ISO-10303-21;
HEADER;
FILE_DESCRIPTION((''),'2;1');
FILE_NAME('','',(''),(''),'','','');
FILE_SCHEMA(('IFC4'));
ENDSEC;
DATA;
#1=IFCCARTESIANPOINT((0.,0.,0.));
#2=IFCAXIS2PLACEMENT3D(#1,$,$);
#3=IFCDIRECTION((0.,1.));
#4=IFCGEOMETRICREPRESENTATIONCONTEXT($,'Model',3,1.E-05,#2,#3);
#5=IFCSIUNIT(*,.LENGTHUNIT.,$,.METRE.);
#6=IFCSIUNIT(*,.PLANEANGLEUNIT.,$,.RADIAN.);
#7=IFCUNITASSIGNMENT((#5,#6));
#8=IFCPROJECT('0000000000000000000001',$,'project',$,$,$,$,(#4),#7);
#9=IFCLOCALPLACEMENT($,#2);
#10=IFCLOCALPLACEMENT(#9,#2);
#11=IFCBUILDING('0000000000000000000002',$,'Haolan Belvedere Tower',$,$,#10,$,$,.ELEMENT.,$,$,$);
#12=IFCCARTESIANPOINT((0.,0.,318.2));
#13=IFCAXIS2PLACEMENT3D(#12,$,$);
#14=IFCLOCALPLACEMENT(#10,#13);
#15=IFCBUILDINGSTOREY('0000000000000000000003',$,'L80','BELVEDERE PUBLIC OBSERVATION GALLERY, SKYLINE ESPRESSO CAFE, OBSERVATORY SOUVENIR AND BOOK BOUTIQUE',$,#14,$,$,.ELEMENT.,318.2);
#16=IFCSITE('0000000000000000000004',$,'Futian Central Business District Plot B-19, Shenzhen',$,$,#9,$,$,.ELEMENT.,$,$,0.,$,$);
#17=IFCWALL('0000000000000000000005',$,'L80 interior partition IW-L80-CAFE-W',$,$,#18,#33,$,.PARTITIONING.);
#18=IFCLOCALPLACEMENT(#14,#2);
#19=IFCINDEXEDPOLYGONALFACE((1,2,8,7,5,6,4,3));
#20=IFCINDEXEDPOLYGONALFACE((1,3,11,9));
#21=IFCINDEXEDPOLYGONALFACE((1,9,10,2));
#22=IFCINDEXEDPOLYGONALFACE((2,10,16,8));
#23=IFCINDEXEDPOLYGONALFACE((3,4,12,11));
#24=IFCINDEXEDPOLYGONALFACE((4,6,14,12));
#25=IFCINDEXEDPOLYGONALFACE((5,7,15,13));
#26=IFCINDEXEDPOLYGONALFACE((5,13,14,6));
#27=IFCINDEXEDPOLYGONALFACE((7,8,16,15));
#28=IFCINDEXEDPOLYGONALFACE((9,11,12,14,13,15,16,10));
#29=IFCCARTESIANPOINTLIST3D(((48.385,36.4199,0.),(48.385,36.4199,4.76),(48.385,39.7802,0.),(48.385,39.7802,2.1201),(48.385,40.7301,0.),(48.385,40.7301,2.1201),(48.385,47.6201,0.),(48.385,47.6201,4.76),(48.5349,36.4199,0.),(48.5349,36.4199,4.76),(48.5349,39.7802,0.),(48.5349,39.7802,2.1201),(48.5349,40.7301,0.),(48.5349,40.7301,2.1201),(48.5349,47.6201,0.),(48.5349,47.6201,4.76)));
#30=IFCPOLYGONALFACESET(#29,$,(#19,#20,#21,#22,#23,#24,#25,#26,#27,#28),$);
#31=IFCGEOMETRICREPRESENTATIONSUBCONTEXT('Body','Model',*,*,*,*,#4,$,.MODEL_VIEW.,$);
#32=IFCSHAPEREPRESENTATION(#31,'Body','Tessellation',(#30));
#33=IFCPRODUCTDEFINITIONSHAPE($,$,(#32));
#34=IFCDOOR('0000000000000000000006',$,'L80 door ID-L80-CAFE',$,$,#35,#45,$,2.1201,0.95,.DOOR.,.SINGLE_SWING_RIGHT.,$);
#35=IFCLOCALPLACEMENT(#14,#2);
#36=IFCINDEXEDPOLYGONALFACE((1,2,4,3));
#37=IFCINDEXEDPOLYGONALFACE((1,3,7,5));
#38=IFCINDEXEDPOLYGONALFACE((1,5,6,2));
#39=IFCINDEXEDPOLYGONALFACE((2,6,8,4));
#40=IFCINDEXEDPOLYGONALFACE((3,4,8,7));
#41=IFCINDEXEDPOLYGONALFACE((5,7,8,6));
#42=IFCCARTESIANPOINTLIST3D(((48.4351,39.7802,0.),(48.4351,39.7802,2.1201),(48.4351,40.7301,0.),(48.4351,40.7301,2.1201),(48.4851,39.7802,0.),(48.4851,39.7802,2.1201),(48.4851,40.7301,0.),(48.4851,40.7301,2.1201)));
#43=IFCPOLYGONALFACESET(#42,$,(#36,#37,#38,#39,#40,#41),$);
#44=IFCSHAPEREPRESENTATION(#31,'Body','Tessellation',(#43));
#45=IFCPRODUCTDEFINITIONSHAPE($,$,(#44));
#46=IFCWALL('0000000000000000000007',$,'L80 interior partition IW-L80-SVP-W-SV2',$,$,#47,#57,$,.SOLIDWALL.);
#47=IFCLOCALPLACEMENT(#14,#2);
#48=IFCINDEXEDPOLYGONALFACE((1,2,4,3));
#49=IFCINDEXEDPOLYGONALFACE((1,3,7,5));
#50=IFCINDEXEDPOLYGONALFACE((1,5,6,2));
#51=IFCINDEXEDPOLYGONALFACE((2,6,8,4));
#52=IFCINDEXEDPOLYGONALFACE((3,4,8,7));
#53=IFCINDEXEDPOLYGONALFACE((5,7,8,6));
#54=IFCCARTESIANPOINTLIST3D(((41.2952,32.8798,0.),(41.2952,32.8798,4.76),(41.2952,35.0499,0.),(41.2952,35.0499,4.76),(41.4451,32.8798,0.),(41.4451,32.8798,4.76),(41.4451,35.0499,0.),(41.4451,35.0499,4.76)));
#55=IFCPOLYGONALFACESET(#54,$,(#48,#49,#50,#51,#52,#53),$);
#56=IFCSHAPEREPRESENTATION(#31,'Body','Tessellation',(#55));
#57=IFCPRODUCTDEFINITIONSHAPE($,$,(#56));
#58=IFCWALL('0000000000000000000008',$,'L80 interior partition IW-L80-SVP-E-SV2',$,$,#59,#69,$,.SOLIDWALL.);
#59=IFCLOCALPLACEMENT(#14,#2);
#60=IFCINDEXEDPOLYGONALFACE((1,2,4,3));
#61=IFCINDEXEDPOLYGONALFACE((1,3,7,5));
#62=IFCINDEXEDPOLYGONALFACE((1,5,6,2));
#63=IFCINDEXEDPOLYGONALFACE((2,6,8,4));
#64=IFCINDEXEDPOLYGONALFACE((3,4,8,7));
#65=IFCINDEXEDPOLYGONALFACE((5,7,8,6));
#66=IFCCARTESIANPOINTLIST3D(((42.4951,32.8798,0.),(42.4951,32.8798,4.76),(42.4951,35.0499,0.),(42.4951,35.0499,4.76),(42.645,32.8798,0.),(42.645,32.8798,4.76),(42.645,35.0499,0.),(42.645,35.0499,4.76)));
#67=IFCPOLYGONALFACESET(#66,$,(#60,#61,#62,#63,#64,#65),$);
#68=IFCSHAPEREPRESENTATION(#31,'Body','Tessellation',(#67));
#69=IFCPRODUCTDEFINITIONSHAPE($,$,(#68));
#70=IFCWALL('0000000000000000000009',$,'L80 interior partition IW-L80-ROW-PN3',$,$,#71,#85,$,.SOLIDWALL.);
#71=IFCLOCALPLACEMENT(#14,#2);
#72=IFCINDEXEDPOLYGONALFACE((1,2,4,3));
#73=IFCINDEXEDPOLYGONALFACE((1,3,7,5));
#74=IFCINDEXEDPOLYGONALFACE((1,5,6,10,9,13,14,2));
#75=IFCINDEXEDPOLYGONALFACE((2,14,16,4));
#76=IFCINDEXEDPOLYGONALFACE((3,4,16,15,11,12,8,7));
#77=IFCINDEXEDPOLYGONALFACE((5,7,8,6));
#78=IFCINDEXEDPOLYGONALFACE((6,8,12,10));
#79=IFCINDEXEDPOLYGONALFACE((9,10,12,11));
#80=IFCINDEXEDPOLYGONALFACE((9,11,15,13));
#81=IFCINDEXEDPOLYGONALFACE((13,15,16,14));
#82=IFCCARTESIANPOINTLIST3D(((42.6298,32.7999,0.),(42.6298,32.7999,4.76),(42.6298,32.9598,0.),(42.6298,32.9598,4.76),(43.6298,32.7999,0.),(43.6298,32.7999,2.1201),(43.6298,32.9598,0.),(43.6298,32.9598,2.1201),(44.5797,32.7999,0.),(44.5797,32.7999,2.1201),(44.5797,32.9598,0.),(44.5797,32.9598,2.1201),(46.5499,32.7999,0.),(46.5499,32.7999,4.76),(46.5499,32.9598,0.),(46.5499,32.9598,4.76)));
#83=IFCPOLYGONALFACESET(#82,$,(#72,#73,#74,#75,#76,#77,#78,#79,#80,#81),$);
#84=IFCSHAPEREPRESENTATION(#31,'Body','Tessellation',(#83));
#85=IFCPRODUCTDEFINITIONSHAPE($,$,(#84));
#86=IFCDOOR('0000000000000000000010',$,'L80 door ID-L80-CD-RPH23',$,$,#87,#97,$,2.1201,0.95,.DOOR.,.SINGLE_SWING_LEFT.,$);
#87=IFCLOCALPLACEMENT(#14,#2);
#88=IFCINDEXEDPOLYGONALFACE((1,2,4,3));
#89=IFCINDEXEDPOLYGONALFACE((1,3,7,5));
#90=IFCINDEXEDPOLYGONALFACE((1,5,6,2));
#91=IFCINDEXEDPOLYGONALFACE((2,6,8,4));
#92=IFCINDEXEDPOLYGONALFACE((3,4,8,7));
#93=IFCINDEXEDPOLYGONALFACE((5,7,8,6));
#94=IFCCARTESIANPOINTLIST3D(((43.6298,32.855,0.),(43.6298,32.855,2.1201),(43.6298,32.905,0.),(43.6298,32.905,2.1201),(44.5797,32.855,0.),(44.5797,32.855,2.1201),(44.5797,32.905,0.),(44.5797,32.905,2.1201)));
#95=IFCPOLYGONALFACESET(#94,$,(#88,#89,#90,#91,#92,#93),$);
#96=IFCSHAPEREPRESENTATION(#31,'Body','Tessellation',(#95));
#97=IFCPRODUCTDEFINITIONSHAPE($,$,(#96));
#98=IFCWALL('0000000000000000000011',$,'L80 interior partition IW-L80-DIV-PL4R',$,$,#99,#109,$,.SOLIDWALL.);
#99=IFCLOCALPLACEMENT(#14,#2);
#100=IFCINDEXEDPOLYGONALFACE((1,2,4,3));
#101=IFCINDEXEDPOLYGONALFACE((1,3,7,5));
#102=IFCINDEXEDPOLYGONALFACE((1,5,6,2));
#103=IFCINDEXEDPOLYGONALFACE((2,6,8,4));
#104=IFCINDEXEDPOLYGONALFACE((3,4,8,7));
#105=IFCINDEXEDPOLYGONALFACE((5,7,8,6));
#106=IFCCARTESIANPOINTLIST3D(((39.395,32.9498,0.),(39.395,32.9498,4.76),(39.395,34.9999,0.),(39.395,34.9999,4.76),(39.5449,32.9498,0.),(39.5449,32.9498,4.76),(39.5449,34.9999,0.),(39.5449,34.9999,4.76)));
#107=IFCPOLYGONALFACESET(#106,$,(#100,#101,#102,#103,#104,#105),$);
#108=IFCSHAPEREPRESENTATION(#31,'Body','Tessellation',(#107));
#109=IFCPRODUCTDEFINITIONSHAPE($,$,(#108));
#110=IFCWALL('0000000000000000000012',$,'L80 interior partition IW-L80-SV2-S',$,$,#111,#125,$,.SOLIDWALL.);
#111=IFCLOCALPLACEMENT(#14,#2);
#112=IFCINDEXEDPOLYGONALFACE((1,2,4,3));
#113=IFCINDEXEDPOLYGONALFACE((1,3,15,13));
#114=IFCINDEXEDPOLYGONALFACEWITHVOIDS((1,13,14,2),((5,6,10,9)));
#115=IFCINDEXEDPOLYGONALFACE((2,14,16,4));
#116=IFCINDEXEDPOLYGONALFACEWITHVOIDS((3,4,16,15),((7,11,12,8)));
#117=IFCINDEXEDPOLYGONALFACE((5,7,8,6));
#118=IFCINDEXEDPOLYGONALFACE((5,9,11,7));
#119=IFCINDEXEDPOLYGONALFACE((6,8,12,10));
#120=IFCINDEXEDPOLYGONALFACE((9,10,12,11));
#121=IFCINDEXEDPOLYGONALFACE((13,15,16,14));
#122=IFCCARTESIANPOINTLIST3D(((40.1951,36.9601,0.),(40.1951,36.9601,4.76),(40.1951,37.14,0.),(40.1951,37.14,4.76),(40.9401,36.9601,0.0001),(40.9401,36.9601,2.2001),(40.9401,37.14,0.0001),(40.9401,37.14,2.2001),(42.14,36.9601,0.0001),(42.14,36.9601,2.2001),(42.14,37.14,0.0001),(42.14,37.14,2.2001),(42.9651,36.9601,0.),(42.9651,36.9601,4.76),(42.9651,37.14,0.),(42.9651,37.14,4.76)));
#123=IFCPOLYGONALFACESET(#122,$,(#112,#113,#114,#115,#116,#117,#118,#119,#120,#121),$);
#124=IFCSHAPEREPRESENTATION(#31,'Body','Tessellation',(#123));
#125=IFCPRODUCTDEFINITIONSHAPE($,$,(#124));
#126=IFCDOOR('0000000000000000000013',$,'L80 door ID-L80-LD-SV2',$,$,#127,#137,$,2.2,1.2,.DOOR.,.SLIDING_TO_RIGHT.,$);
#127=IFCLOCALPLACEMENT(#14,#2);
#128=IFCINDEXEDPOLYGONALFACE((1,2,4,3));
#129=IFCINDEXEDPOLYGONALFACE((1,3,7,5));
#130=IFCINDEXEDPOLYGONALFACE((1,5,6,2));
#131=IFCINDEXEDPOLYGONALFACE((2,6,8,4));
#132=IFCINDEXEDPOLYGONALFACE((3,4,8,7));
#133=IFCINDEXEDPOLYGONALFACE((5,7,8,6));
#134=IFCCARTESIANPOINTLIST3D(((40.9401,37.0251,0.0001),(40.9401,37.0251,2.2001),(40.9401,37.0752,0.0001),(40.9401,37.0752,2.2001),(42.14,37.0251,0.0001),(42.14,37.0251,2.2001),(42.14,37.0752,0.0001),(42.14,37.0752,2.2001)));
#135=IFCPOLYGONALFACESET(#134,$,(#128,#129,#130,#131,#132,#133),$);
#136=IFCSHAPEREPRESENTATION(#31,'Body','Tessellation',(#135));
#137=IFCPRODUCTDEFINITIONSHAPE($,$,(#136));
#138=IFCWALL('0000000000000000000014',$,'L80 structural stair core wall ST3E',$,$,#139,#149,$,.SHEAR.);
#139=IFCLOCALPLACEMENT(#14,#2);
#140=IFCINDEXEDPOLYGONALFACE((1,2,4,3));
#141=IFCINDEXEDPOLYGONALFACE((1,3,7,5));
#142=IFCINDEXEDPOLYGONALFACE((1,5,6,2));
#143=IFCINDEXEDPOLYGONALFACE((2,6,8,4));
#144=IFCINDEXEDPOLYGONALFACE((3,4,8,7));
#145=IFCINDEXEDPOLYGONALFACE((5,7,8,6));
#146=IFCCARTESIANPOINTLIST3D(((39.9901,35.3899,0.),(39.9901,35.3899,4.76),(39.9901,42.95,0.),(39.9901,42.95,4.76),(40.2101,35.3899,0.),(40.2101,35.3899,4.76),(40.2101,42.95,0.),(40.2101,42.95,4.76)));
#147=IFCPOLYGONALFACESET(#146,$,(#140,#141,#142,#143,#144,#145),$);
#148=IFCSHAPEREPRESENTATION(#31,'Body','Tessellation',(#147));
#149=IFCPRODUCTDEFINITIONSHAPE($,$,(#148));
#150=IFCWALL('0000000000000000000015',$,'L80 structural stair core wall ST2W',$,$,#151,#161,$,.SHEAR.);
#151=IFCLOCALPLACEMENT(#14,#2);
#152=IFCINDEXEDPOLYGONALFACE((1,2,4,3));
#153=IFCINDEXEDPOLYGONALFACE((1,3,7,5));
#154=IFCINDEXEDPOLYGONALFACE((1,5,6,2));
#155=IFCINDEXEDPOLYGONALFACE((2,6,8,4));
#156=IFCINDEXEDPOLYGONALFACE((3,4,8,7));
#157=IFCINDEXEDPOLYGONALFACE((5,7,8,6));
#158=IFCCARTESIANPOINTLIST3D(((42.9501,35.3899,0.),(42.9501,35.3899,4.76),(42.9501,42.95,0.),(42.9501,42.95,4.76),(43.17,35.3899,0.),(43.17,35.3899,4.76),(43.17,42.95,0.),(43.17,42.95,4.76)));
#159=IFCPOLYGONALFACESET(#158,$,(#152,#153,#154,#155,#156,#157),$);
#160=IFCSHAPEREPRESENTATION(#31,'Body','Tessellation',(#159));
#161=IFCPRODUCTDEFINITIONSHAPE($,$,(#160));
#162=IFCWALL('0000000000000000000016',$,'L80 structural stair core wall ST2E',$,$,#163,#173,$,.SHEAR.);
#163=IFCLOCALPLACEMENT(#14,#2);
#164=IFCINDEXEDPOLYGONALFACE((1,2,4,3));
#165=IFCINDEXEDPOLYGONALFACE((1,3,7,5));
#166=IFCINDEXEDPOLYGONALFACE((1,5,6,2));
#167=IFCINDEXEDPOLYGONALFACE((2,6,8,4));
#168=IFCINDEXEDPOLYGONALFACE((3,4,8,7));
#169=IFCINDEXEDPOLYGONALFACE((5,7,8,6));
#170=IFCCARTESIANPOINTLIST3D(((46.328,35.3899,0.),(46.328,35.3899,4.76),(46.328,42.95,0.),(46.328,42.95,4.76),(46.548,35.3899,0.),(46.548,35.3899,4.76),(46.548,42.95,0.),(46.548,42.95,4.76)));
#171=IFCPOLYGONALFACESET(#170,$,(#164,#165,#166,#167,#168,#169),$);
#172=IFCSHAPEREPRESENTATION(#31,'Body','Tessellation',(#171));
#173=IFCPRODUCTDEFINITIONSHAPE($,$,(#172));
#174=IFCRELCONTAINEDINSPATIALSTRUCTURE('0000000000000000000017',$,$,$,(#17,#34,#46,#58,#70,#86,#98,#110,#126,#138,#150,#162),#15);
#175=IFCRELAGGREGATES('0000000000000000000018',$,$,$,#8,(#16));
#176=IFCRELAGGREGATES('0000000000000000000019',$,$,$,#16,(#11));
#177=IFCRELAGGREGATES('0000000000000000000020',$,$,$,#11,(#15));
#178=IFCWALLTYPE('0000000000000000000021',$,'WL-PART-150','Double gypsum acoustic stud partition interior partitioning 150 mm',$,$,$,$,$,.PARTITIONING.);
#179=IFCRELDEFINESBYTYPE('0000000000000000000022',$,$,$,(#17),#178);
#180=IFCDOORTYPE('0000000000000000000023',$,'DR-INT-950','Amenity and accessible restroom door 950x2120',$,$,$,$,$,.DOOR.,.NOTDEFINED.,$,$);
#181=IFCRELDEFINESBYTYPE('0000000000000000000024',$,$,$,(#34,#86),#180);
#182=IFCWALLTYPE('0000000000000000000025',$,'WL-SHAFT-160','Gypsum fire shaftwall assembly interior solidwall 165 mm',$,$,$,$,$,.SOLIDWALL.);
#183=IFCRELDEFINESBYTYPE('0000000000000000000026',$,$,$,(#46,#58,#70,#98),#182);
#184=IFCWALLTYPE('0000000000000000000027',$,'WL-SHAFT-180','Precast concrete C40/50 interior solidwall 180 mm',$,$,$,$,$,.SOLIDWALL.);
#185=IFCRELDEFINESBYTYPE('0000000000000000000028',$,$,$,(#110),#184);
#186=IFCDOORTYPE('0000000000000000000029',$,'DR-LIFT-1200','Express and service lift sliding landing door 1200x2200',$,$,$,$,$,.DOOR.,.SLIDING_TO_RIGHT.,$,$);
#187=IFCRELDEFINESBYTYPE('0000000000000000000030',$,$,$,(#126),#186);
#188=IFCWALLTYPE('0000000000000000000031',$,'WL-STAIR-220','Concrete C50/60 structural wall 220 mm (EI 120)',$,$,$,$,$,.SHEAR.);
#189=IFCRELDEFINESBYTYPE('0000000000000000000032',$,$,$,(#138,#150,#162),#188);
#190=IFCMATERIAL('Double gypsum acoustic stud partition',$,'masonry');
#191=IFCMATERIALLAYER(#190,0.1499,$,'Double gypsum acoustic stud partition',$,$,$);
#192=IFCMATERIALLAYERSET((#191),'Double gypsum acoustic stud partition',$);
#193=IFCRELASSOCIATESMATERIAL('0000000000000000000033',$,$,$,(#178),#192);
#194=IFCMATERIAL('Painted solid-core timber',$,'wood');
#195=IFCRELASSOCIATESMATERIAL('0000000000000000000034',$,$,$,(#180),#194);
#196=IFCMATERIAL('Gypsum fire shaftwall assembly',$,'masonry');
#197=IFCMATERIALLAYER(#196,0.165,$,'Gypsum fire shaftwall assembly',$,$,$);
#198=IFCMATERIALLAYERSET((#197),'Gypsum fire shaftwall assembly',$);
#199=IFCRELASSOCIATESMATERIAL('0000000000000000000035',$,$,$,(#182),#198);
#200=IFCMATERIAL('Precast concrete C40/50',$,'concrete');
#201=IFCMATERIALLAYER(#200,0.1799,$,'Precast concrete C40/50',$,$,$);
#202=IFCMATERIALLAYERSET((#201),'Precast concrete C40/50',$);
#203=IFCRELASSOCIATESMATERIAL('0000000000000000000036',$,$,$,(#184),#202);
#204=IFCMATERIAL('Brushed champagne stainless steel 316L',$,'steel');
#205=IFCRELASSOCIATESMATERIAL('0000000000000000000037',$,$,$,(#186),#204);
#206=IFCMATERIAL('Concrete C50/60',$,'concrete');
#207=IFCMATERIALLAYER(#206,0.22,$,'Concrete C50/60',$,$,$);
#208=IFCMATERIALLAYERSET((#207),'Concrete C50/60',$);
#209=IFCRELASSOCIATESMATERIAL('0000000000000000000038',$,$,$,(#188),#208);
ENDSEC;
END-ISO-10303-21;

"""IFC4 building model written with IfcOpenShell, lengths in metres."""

from ifc_helpers import new_model, si_unit, direction, frame, frame_2d, origin, place, context, subcontext, project, spatial, rectangle, extrude, material, layer, layer_set, type_object, element, fill, save


model = new_model("IFC4")

# Units and contexts
model_context = context("Model", 3, precision=1e-05, world=origin(), true_north=direction((0.0, 1.0)))
body_context = subcontext(model_context, "Body", "Model", "MODEL_VIEW")
ifc_project = project(units=[si_unit("LENGTHUNIT", "METRE"), si_unit("PLANEANGLEUNIT", "RADIAN")], contexts=[model_context])

# Site, building, storey
site_placement = place(None, origin())
site = spatial("IfcSite", under=ifc_project, at=site_placement, Name="Futian Central Business District Plot B-19, Shenzhen", CompositionType="ELEMENT", RefElevation=0.0)
building_placement = place(site_placement, origin())
building = spatial("IfcBuilding", under=site, at=building_placement, Name="Haolan Belvedere Tower", CompositionType="ELEMENT")
storey_placement = place(building_placement, frame((0.0, 0.0, 318.2)))
storey = spatial("IfcBuildingStorey", under=building, at=storey_placement, Name="L80", Description="BELVEDERE PUBLIC OBSERVATION GALLERY, SKYLINE ESPRESSO CAFE, OBSERVATORY SOUVENIR AND BOOK BOUTIQUE", CompositionType="ELEMENT", Elevation=318.2)

# Shared definitions
ifc_material_1 = material(Name="Concrete C50/60", Category="concrete")

# Shared definitions
ifc_material_2 = material(Name="Precast concrete C40/50", Category="concrete")

# Shared definitions
ifc_material_3 = material(Name="Double gypsum acoustic stud partition", Category="masonry")
ifc_layer_1 = layer(ifc_material_3, 0.1499, Name="Double gypsum acoustic stud partition")
ifc_layer_set_1 = layer_set([ifc_layer_1], Name="Double gypsum acoustic stud partition")
wall_type_1 = type_object("IfcWallType", Name="WL-PART-150", Description="Double gypsum acoustic stud partition interior partitioning 150 mm", PredefinedType="PARTITIONING", material=ifc_layer_set_1)

# Wall, opening, door
wall_1_placement = place(storey_placement, frame((48.46, 36.4199, 0.0), z_axis=(0.0, 0.0, 1.0), x_axis=(0.0, 1.0, 0.0)))
wall_1 = element("IfcWall", 1, at=wall_1_placement, inside=storey, type_object=wall_type_1, Name="L80 interior partition IW-L80-CAFE-W", PredefinedType="PARTITIONING", context=body_context, shape_type="SweptSolid", body=[
    extrude(rectangle(XDim=11.2002, YDim=0.1499, at=frame_2d((5.6001, 0.0))), origin(), (0.0, 0.0, 1.0), 4.76),
])
opening_1_placement = place(wall_1_placement, frame((3.3601, 0.0, 0.0)))
opening_1 = element("IfcOpeningElement", 2, at=opening_1_placement, cuts=wall_1, PredefinedType="OPENING", context=body_context, shape_type="SweptSolid", body=[
    extrude(rectangle(XDim=0.95, YDim=2.1201, at=frame_2d((0.4751, 1.0601))), frame((0.0, 0.085, 0.0), z_axis=(0.0, -1.0, 0.0), x_axis=(1.0, 0.0, 0.0)), (0.0, 0.0, 1.0), 0.1699),
])
ifc_material_4 = material(Name="Painted solid-core timber", Category="wood")
door_type_1 = type_object("IfcDoorType", Name="DR-INT-950", Description="Amenity and accessible restroom door 950x2120", OperationType="NOTDEFINED", PredefinedType="DOOR", material=ifc_material_4)
door_1_placement = place(opening_1_placement, origin())
door_1 = element("IfcDoor", 3, at=door_1_placement, inside=storey, type_object=door_type_1, Name="L80 door ID-L80-CAFE", OperationType="SINGLE_SWING_RIGHT", OverallHeight=2.1201, OverallWidth=0.95, PredefinedType="DOOR", context=body_context, shape_type="SweptSolid", body=[
    extrude(rectangle(XDim=0.95, YDim=2.1201, at=frame_2d((0.4751, 1.0601))), frame((0.0, 0.0249, 0.0), z_axis=(0.0, -1.0, 0.0), x_axis=(1.0, 0.0, 0.0)), (0.0, 0.0, 1.0), 0.05),
])
fill(opening_1, door_1)

# Walls
ifc_material_5 = material(Name="Gypsum fire shaftwall assembly", Category="masonry")
ifc_layer_2 = layer(ifc_material_5, 0.165, Name="Gypsum fire shaftwall assembly")
ifc_layer_set_2 = layer_set([ifc_layer_2], Name="Gypsum fire shaftwall assembly")
wall_type_2 = type_object("IfcWallType", Name="WL-SHAFT-160", Description="Gypsum fire shaftwall assembly interior solidwall 165 mm", PredefinedType="SOLIDWALL", material=ifc_layer_set_2)
for number, where, z_axis, x_axis, name in (
    (4, (41.3701, 32.8799, 0.0), (0.0, 0.0, 1.0), (0.0, 1.0, 0.0), "L80 interior partition IW-L80-SVP-W-SV2"),
    (5, (42.5701, 32.8799, 0.0), (0.0, 0.0, 1.0), (0.0, 1.0, 0.0), "L80 interior partition IW-L80-SVP-E-SV2"),
):
    element("IfcWall", number, at=place(storey_placement, frame(where, z_axis=z_axis, x_axis=x_axis)), inside=storey, type_object=wall_type_2, Name=name, PredefinedType="SOLIDWALL", context=body_context, shape_type="SweptSolid", body=[
        extrude(rectangle(XDim=2.1702, YDim=0.1499, at=frame_2d((1.085, 0.0))), origin(), (0.0, 0.0, 1.0), 4.76),
    ])

# Wall, opening, door
wall_2_placement = place(storey_placement, frame((42.6299, 32.8799, 0.0), z_axis=(0.0, 0.0, 1.0), x_axis=(1.0, 0.0, 0.0)))
wall_2 = element("IfcWall", 6, at=wall_2_placement, inside=storey, type_object=wall_type_2, Name="L80 interior partition IW-L80-ROW-PN3", PredefinedType="SOLIDWALL", context=body_context, shape_type="SweptSolid", body=[
    extrude(rectangle(XDim=3.9202, YDim=0.1599, at=frame_2d((1.96, 0.0))), origin(), (0.0, 0.0, 1.0), 4.76),
])
opening_2_placement = place(wall_2_placement, frame((1.95, 0.0, 0.0), z_axis=(0.0, 0.0, 1.0), x_axis=(-1.0, 0.0, 0.0)))
opening_2 = element("IfcOpeningElement", 7, at=opening_2_placement, cuts=wall_2, PredefinedType="OPENING", context=body_context, shape_type="SweptSolid", body=[
    extrude(rectangle(XDim=0.95, YDim=2.1201, at=frame_2d((0.4751, 1.0601))), frame((0.0, 0.0898, 0.0), z_axis=(0.0, -1.0, 0.0), x_axis=(1.0, 0.0, 0.0)), (0.0, 0.0, 1.0), 0.1799),
])
door_2_placement = place(opening_2_placement, origin())
door_2 = element("IfcDoor", 8, at=door_2_placement, inside=storey, type_object=door_type_1, Name="L80 door ID-L80-CD-RPH23", OperationType="SINGLE_SWING_LEFT", OverallHeight=2.1201, OverallWidth=0.95, PredefinedType="DOOR", context=body_context, shape_type="SweptSolid", body=[
    extrude(rectangle(XDim=0.95, YDim=2.1201, at=frame_2d((0.4751, 1.0601))), frame((0.0, 0.0249, 0.0), z_axis=(0.0, -1.0, 0.0), x_axis=(1.0, 0.0, 0.0)), (0.0, 0.0, 1.0), 0.05),
])
fill(opening_2, door_2)

# Wall
wall_3_placement = place(storey_placement, frame((39.47, 32.95, 0.0), z_axis=(0.0, 0.0, 1.0), x_axis=(0.0, 1.0, 0.0)))
element("IfcWall", 9, at=wall_3_placement, inside=storey, type_object=wall_type_2, Name="L80 interior partition IW-L80-DIV-PL4R", PredefinedType="SOLIDWALL", context=body_context, shape_type="SweptSolid", body=[
    extrude(rectangle(XDim=2.05, YDim=0.1499, at=frame_2d((1.0249, 0.0))), origin(), (0.0, 0.0, 1.0), 4.76),
])

# Wall, opening, door
ifc_layer_3 = layer(ifc_material_2, 0.1799, Name="Precast concrete C40/50")
ifc_layer_set_3 = layer_set([ifc_layer_3], Name="Precast concrete C40/50")
wall_type_3 = type_object("IfcWallType", Name="WL-SHAFT-180", Description="Precast concrete C40/50 interior solidwall 180 mm", PredefinedType="SOLIDWALL", material=ifc_layer_set_3)
wall_4_placement = place(storey_placement, frame((40.1951, 37.05, 0.0), z_axis=(0.0, 0.0, 1.0), x_axis=(1.0, 0.0, 0.0)))
wall_4 = element("IfcWall", 10, at=wall_4_placement, inside=storey, type_object=wall_type_3, Name="L80 interior partition IW-L80-SV2-S", PredefinedType="SOLIDWALL", context=body_context, shape_type="SweptSolid", body=[
    extrude(rectangle(XDim=2.77, YDim=0.1799, at=frame_2d((1.385, 0.0))), origin(), (0.0, 0.0, 1.0), 4.76),
])
opening_3_placement = place(wall_4_placement, frame((1.9451, 0.0, 0.0), z_axis=(0.0, 0.0, 1.0), x_axis=(-1.0, 0.0, 0.0)))
opening_3 = element("IfcOpeningElement", 11, at=opening_3_placement, cuts=wall_4, PredefinedType="OPENING", context=body_context, shape_type="SweptSolid", body=[
    extrude(rectangle(XDim=1.2, YDim=2.2, at=frame_2d((0.6001, 1.1001))), frame((0.0, 0.0999, 0.0), z_axis=(0.0, -1.0, 0.0), x_axis=(1.0, 0.0, 0.0)), (0.0, 0.0, 1.0), 0.2),
])
ifc_material_6 = material(Name="Brushed champagne stainless steel 316L", Category="steel")
door_type_2 = type_object("IfcDoorType", Name="DR-LIFT-1200", Description="Express and service lift sliding landing door 1200x2200", OperationType="SLIDING_TO_RIGHT", PredefinedType="DOOR", material=ifc_material_6)
door_3_placement = place(opening_3_placement, origin())
door_3 = element("IfcDoor", 12, at=door_3_placement, inside=storey, type_object=door_type_2, Name="L80 door ID-L80-LD-SV2", OperationType="SLIDING_TO_RIGHT", OverallHeight=2.2, OverallWidth=1.2, PredefinedType="DOOR", context=body_context, shape_type="SweptSolid", body=[
    extrude(rectangle(XDim=1.2, YDim=2.2, at=frame_2d((0.6001, 1.1001))), frame((0.0, 0.0249, 0.0), z_axis=(0.0, -1.0, 0.0), x_axis=(1.0, 0.0, 0.0)), (0.0, 0.0, 1.0), 0.05),
])
fill(opening_3, door_3)

# Walls
ifc_layer_4 = layer(ifc_material_1, 0.22, Name="Concrete C50/60")
ifc_layer_set_4 = layer_set([ifc_layer_4], Name="Concrete C50/60")
wall_type_4 = type_object("IfcWallType", Name="WL-STAIR-220", Description="Concrete C50/60 structural wall 220 mm (EI 120)", PredefinedType="SHEAR", material=ifc_layer_set_4)
for number, where, z_axis, x_axis, name in (
    (13, (40.1001, 35.3899, 0.0), (0.0, 0.0, 1.0), (0.0, 1.0, 0.0), "L80 structural stair core wall ST3E"),
    (14, (43.0601, 35.3899, 0.0), (0.0, 0.0, 1.0), (0.0, 1.0, 0.0), "L80 structural stair core wall ST2W"),
    (15, (46.438, 35.3899, 0.0), (0.0, 0.0, 1.0), (0.0, 1.0, 0.0), "L80 structural stair core wall ST2E"),
):
    element("IfcWall", number, at=place(storey_placement, frame(where, z_axis=z_axis, x_axis=x_axis)), inside=storey, type_object=wall_type_4, Name=name, PredefinedType="SHEAR", context=body_context, shape_type="SweptSolid", body=[
        extrude(rectangle(XDim=7.5601, YDim=0.22, at=frame_2d((3.78, 0.0))), origin(), (0.0, 0.0, 1.0), 4.76),
    ])

save(model, "model.ifc")
